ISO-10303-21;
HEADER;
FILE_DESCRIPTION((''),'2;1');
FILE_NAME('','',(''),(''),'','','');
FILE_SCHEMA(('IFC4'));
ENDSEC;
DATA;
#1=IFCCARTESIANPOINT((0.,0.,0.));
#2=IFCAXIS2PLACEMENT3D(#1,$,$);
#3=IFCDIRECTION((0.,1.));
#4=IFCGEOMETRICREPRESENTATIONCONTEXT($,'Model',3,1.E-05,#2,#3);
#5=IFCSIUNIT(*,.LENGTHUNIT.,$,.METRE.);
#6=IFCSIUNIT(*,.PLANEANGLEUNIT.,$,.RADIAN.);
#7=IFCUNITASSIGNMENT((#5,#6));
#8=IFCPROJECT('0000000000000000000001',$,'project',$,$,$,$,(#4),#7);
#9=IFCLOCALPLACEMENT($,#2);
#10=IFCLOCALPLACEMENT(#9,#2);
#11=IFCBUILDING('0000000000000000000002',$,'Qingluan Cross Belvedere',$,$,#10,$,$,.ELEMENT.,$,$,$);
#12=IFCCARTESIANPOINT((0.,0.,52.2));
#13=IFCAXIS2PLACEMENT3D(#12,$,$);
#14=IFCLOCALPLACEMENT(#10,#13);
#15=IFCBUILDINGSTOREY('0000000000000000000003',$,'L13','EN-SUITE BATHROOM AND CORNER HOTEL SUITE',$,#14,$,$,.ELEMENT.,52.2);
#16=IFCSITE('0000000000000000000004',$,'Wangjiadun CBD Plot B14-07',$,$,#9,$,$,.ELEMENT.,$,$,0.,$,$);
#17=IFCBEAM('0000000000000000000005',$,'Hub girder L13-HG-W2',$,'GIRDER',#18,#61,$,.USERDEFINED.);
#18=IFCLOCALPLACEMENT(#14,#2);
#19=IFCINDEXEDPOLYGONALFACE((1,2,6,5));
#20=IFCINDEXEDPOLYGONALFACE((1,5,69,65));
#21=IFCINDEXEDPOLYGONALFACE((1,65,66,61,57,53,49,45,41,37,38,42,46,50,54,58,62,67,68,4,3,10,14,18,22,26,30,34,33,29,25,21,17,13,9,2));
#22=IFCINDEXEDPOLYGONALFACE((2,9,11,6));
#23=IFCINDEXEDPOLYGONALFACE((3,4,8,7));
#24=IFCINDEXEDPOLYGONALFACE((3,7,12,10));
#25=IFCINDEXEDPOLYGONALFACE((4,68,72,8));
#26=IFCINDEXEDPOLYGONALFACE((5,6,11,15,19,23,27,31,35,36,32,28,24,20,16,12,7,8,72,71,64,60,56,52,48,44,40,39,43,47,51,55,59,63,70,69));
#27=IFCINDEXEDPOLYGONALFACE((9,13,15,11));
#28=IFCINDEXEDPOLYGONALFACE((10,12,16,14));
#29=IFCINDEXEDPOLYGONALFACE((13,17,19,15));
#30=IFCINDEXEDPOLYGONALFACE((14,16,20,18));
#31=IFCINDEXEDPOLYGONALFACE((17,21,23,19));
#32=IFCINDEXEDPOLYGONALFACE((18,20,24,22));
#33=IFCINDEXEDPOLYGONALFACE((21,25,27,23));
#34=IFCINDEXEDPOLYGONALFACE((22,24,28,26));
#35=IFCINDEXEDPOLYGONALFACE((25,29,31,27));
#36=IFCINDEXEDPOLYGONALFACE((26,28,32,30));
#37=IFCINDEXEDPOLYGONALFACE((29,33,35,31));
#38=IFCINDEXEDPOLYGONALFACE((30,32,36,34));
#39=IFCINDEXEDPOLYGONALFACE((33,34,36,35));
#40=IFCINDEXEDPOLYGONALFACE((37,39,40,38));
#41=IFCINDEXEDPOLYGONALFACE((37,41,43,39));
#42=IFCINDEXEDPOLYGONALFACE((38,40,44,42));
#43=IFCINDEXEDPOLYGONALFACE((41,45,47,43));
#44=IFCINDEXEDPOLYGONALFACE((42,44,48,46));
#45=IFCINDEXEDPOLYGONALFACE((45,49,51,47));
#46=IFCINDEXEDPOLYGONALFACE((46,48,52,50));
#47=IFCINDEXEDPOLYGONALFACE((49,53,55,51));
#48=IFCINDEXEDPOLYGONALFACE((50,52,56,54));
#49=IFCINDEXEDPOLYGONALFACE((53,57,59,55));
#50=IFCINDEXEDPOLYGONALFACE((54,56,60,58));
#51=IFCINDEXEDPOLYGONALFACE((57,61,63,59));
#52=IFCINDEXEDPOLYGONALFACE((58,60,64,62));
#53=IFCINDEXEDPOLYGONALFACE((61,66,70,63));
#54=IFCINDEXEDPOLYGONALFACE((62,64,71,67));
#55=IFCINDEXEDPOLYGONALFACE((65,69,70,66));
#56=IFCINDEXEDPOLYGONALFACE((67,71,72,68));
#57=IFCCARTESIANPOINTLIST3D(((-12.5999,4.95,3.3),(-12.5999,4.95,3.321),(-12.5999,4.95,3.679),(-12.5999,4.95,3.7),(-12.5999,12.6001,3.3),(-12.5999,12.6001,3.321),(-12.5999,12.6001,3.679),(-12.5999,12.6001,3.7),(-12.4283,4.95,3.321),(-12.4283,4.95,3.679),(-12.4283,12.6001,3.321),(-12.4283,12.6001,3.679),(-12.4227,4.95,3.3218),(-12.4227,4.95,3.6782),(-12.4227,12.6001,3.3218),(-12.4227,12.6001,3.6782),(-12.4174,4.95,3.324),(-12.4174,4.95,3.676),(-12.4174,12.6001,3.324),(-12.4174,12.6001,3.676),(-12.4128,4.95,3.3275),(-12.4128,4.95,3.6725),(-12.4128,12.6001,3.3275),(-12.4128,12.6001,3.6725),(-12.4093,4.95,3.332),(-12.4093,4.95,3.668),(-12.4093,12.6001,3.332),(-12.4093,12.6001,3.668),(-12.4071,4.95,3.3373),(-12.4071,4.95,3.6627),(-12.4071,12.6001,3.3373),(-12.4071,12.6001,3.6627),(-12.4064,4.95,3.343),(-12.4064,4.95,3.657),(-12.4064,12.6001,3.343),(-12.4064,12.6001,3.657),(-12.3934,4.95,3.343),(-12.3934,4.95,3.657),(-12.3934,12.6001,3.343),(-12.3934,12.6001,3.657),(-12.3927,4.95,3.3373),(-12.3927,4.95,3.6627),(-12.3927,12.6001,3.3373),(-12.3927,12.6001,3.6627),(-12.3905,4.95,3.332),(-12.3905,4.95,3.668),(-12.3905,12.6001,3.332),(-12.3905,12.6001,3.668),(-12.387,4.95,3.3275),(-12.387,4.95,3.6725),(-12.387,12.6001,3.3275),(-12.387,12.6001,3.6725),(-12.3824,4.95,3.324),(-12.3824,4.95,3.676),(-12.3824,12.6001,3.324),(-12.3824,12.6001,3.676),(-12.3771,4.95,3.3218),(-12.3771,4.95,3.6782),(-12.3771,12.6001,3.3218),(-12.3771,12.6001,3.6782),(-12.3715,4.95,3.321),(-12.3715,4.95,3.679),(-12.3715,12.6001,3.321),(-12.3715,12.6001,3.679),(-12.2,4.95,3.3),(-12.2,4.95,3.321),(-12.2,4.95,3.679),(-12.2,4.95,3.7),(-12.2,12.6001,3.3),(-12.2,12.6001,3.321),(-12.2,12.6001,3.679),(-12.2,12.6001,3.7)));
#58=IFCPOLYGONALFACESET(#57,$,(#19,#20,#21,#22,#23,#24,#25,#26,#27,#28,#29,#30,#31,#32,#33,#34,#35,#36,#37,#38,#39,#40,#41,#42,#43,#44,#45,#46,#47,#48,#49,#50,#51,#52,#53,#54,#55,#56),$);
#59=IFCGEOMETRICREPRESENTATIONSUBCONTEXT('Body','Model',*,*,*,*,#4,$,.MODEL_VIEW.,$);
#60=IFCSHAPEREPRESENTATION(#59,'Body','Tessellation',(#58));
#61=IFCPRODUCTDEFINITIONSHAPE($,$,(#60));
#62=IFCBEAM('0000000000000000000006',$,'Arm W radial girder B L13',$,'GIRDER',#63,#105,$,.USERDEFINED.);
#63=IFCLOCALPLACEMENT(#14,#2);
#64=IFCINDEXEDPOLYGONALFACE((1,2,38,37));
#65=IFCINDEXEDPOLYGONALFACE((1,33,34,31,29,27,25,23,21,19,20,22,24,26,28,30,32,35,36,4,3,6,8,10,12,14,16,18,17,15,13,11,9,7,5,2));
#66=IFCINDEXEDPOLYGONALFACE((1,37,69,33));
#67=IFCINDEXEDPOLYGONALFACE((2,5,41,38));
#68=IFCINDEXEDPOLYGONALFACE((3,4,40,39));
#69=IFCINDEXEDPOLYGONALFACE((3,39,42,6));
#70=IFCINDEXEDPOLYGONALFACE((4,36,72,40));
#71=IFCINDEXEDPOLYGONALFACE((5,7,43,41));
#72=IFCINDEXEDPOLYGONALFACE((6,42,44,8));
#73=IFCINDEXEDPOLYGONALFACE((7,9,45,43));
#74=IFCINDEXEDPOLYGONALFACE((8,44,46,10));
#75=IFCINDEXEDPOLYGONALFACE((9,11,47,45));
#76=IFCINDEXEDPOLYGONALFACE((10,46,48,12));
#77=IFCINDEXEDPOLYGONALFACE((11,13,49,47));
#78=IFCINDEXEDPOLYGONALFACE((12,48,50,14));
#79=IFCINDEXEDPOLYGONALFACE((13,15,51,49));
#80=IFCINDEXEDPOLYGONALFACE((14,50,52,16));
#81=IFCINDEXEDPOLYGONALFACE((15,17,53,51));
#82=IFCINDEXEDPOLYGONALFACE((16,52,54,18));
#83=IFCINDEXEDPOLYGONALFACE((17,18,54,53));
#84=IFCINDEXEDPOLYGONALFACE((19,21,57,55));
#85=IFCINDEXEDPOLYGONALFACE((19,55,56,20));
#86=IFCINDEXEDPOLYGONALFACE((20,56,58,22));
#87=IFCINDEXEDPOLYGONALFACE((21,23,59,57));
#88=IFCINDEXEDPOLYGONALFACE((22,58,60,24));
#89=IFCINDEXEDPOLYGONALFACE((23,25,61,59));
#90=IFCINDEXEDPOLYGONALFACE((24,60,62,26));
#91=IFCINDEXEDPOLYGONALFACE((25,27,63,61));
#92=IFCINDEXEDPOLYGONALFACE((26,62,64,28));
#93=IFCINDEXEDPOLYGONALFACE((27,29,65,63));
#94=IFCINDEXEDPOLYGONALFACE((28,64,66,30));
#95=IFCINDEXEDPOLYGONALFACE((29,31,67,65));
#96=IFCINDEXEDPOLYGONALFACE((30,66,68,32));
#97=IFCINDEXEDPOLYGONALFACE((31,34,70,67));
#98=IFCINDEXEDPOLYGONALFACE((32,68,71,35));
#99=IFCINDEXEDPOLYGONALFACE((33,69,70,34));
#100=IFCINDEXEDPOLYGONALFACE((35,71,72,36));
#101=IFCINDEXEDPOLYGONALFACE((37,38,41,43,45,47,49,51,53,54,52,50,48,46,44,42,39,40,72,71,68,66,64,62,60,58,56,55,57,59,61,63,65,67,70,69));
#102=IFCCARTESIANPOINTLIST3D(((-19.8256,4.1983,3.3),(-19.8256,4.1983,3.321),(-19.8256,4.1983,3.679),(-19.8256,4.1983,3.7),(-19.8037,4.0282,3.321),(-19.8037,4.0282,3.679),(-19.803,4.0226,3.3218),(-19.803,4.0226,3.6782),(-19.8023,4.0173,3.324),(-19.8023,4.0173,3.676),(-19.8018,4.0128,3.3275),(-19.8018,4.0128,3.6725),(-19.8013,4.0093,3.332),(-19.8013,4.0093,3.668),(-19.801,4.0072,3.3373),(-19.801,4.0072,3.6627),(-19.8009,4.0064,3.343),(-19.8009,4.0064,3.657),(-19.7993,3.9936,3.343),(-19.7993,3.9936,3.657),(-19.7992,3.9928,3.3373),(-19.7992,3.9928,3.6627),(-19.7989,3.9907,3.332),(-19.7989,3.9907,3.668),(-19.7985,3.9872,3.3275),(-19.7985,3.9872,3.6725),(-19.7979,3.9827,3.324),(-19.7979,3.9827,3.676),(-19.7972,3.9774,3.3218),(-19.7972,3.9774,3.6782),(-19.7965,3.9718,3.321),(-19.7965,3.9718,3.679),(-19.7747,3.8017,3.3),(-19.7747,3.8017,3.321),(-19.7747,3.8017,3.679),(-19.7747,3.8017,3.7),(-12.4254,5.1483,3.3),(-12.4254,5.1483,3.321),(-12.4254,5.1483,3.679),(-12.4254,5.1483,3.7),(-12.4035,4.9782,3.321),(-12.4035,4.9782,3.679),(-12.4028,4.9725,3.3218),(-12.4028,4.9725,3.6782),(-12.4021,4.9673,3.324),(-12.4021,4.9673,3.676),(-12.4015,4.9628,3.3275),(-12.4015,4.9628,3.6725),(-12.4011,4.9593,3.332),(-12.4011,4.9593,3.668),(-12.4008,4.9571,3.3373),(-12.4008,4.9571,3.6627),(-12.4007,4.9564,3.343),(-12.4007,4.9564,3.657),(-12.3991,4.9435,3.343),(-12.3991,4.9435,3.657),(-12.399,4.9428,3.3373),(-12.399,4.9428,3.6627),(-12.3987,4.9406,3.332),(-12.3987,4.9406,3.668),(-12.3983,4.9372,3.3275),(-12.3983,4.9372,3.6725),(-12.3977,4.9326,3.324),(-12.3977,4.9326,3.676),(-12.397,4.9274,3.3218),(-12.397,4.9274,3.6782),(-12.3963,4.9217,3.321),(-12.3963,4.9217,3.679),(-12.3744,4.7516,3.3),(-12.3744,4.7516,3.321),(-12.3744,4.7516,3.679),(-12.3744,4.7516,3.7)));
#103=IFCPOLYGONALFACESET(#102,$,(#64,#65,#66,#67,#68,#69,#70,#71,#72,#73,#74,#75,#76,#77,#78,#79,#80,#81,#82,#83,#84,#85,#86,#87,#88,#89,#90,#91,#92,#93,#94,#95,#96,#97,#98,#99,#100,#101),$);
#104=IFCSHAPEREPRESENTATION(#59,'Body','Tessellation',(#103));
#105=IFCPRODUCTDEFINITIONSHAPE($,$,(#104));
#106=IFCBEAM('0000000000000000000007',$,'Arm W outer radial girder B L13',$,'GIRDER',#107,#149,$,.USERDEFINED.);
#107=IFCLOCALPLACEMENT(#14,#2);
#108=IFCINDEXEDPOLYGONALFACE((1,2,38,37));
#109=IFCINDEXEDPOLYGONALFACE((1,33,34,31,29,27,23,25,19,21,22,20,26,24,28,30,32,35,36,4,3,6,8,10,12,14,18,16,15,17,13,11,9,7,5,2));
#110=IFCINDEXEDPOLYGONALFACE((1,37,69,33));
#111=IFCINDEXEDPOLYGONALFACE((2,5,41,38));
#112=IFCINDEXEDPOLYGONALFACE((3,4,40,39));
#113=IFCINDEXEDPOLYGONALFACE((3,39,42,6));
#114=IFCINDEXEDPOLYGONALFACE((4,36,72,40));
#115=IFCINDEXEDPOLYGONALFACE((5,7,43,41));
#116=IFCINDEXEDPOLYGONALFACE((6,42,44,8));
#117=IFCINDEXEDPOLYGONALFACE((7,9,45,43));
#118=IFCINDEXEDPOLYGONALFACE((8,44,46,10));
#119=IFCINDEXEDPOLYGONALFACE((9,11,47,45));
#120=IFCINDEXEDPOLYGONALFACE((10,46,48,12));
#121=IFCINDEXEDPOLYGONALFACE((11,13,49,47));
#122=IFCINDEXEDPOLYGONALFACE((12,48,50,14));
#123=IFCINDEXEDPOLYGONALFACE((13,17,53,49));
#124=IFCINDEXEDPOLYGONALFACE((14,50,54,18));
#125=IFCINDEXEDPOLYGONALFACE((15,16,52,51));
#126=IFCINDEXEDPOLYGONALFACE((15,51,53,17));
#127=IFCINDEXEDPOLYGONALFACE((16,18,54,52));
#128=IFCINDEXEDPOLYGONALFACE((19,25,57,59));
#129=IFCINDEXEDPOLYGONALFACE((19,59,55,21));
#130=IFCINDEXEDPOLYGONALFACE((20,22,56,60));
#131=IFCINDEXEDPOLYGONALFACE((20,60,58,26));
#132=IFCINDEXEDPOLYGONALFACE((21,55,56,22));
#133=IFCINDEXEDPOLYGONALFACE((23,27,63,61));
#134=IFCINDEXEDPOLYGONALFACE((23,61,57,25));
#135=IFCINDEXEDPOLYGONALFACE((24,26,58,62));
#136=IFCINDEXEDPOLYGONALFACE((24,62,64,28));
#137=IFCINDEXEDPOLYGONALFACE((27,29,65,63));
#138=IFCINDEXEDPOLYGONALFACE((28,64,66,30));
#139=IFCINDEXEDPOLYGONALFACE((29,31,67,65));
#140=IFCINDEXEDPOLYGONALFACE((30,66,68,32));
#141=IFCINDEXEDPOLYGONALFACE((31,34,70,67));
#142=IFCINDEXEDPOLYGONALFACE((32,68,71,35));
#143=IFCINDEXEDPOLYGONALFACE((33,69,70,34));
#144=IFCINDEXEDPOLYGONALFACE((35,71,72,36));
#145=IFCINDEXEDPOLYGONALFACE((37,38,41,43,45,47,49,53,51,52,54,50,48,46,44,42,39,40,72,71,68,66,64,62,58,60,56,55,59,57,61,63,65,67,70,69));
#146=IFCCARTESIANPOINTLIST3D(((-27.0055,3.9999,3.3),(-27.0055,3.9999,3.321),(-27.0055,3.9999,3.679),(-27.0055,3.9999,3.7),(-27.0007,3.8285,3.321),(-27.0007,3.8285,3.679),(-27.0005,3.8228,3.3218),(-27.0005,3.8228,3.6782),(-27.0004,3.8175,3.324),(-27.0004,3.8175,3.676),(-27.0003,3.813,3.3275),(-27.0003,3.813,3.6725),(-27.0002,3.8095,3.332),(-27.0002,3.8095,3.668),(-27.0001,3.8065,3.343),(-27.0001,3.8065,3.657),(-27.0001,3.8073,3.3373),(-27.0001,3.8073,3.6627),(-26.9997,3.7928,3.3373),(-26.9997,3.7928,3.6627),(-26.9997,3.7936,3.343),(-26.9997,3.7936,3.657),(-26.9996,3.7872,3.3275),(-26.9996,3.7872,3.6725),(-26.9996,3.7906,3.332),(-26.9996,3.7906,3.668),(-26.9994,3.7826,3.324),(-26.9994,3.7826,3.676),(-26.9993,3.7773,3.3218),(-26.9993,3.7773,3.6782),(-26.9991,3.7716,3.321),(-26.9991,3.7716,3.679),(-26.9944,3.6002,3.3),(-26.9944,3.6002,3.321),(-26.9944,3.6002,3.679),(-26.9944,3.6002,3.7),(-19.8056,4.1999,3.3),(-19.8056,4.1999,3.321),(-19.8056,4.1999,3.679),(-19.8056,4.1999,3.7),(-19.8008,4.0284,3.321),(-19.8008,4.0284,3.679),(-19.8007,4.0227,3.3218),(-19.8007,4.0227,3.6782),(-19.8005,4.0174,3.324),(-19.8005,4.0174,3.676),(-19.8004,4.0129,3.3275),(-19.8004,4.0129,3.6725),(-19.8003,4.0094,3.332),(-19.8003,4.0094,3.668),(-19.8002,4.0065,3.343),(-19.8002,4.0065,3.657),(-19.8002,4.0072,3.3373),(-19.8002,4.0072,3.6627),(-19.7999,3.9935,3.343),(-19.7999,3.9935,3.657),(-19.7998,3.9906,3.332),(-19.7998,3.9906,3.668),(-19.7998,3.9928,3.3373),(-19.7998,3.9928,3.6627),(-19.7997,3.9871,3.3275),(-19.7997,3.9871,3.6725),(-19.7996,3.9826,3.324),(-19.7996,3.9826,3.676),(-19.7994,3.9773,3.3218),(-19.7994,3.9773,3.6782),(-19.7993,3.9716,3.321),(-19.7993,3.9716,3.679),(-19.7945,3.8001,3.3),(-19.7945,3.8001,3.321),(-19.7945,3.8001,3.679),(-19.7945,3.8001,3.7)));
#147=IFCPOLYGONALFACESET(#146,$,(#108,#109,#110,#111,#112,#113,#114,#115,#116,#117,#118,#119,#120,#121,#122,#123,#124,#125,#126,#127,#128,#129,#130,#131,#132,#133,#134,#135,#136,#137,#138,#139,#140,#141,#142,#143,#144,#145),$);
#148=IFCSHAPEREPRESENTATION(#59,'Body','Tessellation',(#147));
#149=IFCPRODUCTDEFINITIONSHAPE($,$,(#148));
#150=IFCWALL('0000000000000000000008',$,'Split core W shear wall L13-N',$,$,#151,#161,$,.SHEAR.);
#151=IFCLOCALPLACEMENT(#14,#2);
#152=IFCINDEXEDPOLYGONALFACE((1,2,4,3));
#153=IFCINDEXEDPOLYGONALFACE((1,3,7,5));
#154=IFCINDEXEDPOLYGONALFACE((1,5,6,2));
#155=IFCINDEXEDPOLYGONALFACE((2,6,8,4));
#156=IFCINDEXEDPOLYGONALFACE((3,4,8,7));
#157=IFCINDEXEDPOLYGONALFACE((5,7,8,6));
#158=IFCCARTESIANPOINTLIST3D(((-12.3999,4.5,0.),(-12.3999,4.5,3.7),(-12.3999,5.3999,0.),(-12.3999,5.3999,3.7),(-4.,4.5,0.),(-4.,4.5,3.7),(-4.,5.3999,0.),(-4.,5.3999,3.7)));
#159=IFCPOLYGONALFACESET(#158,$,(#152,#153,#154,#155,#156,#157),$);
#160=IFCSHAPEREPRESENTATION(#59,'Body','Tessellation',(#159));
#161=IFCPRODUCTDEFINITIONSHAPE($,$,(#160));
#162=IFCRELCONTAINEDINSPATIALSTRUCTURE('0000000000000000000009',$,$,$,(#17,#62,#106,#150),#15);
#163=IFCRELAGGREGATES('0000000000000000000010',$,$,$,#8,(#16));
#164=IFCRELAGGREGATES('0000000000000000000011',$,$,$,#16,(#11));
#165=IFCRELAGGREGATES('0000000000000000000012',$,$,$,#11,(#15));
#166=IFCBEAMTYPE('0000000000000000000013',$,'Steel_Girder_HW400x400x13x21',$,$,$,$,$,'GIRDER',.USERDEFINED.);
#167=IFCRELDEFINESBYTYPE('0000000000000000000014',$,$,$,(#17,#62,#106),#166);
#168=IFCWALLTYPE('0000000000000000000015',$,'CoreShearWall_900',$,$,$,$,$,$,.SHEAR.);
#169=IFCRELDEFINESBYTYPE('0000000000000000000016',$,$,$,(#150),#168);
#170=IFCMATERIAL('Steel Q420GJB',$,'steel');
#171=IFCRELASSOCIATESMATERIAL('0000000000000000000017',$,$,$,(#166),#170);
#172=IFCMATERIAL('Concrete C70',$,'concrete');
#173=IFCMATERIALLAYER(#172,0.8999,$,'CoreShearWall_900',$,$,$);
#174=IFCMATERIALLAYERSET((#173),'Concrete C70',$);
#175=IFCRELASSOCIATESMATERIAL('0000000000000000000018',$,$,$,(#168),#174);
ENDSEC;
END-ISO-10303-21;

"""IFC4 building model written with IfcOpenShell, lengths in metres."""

from ifc_helpers import new_model, si_unit, direction, frame, frame_2d, origin, origin_2d, place, context, subcontext, project, spatial, rectangle, i_section, extrude, material, layer, layer_set, material_profile, profile_set, type_object, element, save


model = new_model("IFC4")

# Units and contexts
model_context = context("Model", 3, precision=1e-05, world=origin(), true_north=direction((0.0, 1.0)))
body_context = subcontext(model_context, "Body", "Model", "MODEL_VIEW")
ifc_project = project(units=[si_unit("LENGTHUNIT", "METRE"), si_unit("PLANEANGLEUNIT", "RADIAN")], contexts=[model_context])

# Site, building, storey
site_placement = place(None, origin())
site = spatial("IfcSite", under=ifc_project, at=site_placement, Name="Wangjiadun CBD Plot B14-07", CompositionType="ELEMENT", RefElevation=0.0)
building_placement = place(site_placement, origin())
building = spatial("IfcBuilding", under=site, at=building_placement, Name="Qingluan Cross Belvedere", CompositionType="ELEMENT")
storey_placement = place(building_placement, frame((0.0, 0.0, 52.2)))
storey = spatial("IfcBuildingStorey", under=building, at=storey_placement, Name="L13", Description="EN-SUITE BATHROOM AND CORNER HOTEL SUITE", CompositionType="ELEMENT", Elevation=52.2)

# Beams
ifc_material_1 = material(Name="Steel Q420GJB", Category="steel")
ifc_material_profile = material_profile(ifc_material_1, i_section(OverallWidth=0.3999, OverallDepth=0.3999, WebThickness=0.0129, FlangeThickness=0.021, FilletRadius=0.022, at=origin_2d()), Name="HW400x400x13x21")
ifc_profile_set = profile_set([ifc_material_profile], Name="Steel Q420GJB")
beam_type = type_object("IfcBeamType", Name="Steel_Girder_HW400x400x13x21", ElementType="GIRDER", PredefinedType="USERDEFINED", material=ifc_profile_set)
beam_1_placement = place(storey_placement, frame((-12.3999, 4.95, 3.5), z_axis=(0.0, 1.0, 0.0), x_axis=(-1.0, 0.0, 0.0)))
element("IfcBeam", 1, at=beam_1_placement, inside=storey, type_object=beam_type, Name="Hub girder L13-HG-W2", ObjectType="GIRDER", PredefinedType="USERDEFINED", context=body_context, shape_type="SweptSolid", body=[
    extrude(i_section(OverallWidth=0.3999, OverallDepth=0.3999, WebThickness=0.0129, FlangeThickness=0.021, FilletRadius=0.022, at=origin_2d()), origin(), (0.0, 0.0, 1.0), 7.6501),
])
beam_2_placement = place(storey_placement, frame((-12.3999, 4.95, 3.5), z_axis=(-0.991861, -0.127324, 0.0), x_axis=(0.127324, -0.991861, 0.0)))
element("IfcBeam", 2, at=beam_2_placement, inside=storey, type_object=beam_type, Name="Arm W radial girder B L13", ObjectType="GIRDER", PredefinedType="USERDEFINED", context=body_context, shape_type="SweptSolid", body=[
    extrude(i_section(OverallWidth=0.3999, OverallDepth=0.3999, WebThickness=0.0129, FlangeThickness=0.021, FilletRadius=0.022, at=origin_2d()), origin(), (0.0, 0.0, 1.0), 7.4609),
])
beam_3_placement = place(storey_placement, frame((-19.8, 4.0, 3.5), z_axis=(-0.999615, -0.02776, 0.0), x_axis=(0.02776, -0.999615, 0.0)))
element("IfcBeam", 3, at=beam_3_placement, inside=storey, type_object=beam_type, Name="Arm W outer radial girder B L13", ObjectType="GIRDER", PredefinedType="USERDEFINED", context=body_context, shape_type="SweptSolid", body=[
    extrude(i_section(OverallWidth=0.3999, OverallDepth=0.3999, WebThickness=0.0129, FlangeThickness=0.021, FilletRadius=0.022, at=origin_2d()), origin(), (0.0, 0.0, 1.0), 7.2026),
])

# Wall
ifc_material_2 = material(Name="Concrete C70", Category="concrete")
ifc_layer_1 = layer(ifc_material_2, 0.8999, Name="CoreShearWall_900")
ifc_layer_set_1 = layer_set([ifc_layer_1], Name="Concrete C70")
wall_type_1 = type_object("IfcWallType", Name="CoreShearWall_900", PredefinedType="SHEAR", material=ifc_layer_set_1)
wall_1_placement = place(storey_placement, frame((-12.3999, 4.95, 0.0), z_axis=(0.0, 0.0, 1.0), x_axis=(1.0, 0.0, 0.0)))
element("IfcWall", 4, at=wall_1_placement, inside=storey, type_object=wall_type_1, Name="Split core W shear wall L13-N", PredefinedType="SHEAR", context=body_context, shape_type="SweptSolid", body=[
    extrude(rectangle(XDim=8.3999, YDim=0.8999, at=frame_2d((4.2, 0.0))), origin(), (0.0, 0.0, 1.0), 3.7),
])

save(model, "model.ifc")
